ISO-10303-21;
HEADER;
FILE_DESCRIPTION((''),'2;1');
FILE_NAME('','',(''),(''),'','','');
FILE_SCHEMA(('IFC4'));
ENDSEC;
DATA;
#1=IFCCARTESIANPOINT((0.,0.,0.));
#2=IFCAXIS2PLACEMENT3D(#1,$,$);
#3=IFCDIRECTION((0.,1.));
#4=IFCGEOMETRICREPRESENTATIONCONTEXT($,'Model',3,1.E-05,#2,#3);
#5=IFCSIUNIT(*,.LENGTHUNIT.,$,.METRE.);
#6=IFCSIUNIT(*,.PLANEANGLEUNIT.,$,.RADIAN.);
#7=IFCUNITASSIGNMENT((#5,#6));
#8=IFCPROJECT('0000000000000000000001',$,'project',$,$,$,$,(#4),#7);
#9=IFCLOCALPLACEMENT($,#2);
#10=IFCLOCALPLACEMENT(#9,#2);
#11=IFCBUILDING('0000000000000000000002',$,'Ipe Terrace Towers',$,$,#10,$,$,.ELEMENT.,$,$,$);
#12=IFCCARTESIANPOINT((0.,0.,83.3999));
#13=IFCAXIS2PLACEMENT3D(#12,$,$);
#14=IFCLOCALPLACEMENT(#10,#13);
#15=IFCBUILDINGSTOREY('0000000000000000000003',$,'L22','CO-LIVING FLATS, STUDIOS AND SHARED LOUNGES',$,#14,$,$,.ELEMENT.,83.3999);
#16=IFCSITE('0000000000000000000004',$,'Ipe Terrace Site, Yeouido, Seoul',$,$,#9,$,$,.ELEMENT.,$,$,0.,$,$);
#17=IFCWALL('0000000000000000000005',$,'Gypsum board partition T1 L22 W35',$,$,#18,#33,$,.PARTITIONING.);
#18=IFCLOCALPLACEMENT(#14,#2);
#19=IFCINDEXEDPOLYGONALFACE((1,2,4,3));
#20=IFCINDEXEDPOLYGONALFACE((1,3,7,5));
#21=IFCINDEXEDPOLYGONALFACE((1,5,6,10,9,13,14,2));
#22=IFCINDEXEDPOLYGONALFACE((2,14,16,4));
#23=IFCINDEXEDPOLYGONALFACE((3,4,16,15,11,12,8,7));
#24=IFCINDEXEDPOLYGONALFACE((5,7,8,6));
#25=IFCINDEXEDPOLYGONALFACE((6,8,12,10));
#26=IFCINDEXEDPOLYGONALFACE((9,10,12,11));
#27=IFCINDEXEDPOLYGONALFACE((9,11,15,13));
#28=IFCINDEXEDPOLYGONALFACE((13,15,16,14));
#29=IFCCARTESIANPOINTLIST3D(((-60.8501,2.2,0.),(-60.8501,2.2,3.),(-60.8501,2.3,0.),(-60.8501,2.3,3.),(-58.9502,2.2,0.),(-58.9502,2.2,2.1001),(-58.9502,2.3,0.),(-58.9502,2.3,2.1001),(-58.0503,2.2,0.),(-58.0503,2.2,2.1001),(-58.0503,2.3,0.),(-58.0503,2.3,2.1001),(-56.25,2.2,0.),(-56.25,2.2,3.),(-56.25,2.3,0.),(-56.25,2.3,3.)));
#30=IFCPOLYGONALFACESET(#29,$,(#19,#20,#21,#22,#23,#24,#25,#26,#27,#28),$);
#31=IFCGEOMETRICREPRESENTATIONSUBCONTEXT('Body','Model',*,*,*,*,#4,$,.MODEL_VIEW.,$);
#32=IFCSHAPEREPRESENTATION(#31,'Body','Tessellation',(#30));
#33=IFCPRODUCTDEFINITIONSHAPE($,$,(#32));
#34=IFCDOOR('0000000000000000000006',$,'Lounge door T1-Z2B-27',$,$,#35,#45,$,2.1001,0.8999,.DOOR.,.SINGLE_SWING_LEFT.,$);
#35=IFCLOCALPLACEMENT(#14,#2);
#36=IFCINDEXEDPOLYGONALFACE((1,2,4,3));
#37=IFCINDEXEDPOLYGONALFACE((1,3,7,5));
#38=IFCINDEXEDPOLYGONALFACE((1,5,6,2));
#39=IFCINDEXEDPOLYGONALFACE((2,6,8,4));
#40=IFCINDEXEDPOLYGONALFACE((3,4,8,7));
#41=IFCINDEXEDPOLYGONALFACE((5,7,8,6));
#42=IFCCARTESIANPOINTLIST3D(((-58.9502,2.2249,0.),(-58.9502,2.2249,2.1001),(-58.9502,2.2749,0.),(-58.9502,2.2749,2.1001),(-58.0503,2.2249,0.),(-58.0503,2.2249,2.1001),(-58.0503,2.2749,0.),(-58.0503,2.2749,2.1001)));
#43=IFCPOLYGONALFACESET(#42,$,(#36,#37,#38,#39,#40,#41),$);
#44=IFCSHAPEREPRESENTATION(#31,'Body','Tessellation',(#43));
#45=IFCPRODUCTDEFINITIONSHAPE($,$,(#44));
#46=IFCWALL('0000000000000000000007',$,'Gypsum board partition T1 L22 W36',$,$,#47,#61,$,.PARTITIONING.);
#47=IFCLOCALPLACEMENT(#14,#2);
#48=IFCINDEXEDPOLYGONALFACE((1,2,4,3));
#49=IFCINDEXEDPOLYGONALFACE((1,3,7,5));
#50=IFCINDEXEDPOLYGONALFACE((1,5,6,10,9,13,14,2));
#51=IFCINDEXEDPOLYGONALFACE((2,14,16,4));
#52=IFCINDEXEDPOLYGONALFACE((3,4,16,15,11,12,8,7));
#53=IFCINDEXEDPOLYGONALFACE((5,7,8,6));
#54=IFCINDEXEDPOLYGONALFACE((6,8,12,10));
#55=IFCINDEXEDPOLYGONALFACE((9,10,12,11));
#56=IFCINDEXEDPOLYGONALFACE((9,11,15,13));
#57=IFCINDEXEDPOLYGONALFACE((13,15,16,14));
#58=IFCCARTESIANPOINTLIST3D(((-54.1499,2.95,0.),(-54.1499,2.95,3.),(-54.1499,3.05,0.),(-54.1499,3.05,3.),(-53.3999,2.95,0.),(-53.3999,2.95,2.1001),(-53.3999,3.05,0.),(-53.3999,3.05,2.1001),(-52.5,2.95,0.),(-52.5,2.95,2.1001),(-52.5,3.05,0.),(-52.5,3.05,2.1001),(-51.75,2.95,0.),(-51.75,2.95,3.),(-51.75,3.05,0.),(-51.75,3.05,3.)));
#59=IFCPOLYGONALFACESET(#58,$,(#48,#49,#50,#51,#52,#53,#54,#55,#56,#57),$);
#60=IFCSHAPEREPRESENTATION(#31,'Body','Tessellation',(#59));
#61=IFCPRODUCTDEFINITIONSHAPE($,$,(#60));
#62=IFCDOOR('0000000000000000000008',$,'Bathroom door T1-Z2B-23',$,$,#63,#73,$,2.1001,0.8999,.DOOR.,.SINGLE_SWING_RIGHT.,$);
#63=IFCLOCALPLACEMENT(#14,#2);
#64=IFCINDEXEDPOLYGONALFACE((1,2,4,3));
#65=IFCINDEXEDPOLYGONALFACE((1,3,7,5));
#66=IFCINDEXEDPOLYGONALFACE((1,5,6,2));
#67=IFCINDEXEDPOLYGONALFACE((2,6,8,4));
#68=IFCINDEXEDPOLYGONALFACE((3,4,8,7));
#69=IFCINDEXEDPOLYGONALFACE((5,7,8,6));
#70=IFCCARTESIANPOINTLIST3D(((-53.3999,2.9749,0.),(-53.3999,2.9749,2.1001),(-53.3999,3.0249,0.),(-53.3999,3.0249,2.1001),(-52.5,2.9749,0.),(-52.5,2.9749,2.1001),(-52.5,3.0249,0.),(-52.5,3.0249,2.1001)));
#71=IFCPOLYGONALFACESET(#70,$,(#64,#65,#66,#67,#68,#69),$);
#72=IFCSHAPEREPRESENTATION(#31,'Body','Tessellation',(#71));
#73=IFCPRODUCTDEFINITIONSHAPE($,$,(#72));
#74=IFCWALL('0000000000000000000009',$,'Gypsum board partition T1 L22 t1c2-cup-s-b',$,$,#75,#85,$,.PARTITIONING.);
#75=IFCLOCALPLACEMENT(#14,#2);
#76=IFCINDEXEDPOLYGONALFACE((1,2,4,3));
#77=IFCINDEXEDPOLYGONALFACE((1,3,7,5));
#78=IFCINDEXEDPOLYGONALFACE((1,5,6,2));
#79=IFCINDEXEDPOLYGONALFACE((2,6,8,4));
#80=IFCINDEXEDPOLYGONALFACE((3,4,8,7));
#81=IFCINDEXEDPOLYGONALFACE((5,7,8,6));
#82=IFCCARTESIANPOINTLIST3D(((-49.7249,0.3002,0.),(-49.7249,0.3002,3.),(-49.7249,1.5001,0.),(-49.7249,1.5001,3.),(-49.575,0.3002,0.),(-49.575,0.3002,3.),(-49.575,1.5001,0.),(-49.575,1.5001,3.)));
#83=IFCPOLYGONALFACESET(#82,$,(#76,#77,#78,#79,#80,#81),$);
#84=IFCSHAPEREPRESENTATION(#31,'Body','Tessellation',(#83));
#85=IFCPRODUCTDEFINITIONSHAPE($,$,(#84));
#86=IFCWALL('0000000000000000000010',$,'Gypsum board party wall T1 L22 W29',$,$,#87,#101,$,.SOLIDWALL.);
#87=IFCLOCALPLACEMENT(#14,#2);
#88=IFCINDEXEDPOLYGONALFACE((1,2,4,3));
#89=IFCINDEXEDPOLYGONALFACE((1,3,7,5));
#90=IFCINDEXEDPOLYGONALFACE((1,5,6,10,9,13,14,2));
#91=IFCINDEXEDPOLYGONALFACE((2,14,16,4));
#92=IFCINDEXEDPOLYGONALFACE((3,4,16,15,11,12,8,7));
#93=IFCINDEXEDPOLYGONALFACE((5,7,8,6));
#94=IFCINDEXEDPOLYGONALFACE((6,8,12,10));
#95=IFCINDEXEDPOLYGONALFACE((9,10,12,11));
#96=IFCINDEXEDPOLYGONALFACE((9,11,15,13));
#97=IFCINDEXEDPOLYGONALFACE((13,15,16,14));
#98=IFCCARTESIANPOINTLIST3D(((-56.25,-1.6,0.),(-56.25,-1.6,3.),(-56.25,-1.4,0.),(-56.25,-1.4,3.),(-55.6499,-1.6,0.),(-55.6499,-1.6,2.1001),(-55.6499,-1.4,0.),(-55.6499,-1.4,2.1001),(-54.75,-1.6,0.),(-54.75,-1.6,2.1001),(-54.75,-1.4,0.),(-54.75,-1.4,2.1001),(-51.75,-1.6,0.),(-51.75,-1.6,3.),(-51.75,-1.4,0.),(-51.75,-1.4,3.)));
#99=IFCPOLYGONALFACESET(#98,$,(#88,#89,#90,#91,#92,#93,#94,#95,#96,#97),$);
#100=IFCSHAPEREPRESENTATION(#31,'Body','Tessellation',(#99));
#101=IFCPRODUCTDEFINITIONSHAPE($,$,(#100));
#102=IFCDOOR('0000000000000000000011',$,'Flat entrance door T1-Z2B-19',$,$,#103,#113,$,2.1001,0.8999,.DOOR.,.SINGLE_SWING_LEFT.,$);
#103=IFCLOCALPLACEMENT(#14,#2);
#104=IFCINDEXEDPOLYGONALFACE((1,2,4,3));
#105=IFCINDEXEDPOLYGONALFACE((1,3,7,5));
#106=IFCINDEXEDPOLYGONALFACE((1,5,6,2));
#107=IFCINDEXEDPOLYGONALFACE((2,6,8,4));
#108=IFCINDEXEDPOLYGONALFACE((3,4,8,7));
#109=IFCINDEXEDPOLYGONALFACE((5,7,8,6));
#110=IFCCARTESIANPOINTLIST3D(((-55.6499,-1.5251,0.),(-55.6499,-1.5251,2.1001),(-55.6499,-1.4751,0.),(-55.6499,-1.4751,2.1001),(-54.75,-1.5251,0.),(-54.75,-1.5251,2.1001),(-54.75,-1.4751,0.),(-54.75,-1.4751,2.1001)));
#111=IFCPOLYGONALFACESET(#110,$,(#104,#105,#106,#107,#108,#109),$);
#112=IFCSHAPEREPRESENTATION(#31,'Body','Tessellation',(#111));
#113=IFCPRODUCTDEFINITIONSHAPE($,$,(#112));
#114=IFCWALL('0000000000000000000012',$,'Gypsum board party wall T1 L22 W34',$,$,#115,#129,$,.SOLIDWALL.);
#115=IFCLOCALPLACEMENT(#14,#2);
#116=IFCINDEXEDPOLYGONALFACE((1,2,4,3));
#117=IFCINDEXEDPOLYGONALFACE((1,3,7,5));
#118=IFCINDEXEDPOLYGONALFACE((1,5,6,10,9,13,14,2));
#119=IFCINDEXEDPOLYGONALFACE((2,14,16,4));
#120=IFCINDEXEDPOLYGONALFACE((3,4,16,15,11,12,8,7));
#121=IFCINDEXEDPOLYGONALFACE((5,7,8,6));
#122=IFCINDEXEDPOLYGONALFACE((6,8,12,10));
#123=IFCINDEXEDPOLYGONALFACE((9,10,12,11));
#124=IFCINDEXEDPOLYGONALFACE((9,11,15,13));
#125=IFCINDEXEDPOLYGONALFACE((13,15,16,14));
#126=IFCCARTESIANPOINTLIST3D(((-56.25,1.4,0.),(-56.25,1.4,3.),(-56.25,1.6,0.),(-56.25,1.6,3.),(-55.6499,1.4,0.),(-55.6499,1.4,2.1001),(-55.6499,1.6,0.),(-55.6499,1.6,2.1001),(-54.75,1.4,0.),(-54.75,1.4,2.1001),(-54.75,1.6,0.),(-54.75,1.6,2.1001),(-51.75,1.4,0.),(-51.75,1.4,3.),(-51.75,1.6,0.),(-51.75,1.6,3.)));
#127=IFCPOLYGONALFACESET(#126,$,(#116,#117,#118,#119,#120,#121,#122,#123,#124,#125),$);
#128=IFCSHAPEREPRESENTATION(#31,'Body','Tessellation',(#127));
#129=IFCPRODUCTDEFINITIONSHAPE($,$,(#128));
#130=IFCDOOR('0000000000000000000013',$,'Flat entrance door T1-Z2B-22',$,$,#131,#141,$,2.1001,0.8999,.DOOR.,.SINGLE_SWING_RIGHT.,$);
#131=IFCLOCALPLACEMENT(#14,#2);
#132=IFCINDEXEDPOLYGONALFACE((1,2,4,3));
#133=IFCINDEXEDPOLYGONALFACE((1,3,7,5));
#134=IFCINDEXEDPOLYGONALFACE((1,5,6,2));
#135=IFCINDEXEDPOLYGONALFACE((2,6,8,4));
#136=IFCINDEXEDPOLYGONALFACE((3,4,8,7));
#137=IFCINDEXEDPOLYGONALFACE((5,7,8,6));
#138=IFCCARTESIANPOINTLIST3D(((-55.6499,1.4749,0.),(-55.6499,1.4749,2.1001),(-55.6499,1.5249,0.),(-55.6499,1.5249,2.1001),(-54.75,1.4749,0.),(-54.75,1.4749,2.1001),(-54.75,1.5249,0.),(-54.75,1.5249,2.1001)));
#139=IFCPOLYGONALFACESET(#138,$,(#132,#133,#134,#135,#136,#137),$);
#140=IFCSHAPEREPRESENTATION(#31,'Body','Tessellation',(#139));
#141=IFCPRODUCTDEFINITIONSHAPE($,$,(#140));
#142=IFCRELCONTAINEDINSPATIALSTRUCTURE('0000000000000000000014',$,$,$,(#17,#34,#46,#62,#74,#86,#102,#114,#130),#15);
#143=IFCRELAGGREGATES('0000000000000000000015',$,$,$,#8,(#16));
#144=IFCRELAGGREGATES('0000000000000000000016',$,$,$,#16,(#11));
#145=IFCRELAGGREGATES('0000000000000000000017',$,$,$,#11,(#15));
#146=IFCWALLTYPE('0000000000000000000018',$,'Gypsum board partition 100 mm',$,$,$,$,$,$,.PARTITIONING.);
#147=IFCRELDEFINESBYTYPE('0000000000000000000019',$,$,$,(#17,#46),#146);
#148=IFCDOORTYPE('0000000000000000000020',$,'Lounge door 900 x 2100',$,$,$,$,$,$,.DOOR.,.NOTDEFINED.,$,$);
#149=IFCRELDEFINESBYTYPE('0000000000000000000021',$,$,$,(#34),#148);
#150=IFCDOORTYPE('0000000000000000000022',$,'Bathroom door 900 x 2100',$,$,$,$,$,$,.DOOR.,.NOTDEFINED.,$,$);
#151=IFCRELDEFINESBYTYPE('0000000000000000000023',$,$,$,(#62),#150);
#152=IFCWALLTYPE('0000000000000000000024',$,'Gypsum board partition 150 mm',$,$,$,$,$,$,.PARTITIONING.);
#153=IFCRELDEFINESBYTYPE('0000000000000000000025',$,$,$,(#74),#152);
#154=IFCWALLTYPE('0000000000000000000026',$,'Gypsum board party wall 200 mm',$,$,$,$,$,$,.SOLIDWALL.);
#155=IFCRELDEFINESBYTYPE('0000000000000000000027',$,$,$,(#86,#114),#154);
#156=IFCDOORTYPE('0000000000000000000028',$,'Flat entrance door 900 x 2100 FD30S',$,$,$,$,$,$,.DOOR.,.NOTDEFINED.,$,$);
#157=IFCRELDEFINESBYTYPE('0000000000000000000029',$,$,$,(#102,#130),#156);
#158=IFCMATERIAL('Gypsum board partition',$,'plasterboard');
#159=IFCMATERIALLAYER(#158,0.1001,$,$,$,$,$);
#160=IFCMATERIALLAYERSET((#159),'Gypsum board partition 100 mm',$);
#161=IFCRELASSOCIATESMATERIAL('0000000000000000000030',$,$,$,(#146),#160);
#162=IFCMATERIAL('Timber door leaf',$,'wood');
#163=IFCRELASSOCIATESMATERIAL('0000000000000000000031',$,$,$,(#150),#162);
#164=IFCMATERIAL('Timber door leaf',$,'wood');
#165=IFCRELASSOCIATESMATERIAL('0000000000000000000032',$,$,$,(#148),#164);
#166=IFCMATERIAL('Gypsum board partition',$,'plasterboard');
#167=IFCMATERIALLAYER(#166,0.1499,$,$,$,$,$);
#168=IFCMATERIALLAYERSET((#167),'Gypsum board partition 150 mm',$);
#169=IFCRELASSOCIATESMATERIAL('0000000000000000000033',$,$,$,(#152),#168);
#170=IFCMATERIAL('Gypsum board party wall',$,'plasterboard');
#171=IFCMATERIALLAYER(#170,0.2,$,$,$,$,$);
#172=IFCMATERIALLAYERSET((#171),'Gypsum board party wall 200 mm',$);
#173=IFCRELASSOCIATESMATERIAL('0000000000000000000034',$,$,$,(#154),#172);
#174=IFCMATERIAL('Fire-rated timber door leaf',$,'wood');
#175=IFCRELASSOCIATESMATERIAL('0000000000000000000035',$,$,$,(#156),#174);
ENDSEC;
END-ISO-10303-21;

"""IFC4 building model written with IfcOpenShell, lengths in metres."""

from ifc_helpers import new_model, si_unit, direction, frame, frame_2d, origin, place, context, subcontext, project, spatial, rectangle, extrude, material, layer, layer_set, type_object, element, fill, save


model = new_model("IFC4")

# Units and contexts
model_context = context("Model", 3, precision=1e-05, world=origin(), true_north=direction((0.0, 1.0)))
body_context = subcontext(model_context, "Body", "Model", "MODEL_VIEW")
ifc_project = project(units=[si_unit("LENGTHUNIT", "METRE"), si_unit("PLANEANGLEUNIT", "RADIAN")], contexts=[model_context])

# Site, building, storey
site_placement = place(None, origin())
site = spatial("IfcSite", under=ifc_project, at=site_placement, Name="Ipe Terrace Site, Yeouido, Seoul", CompositionType="ELEMENT", RefElevation=0.0)
building_placement = place(site_placement, origin())
building = spatial("IfcBuilding", under=site, at=building_placement, Name="Ipe Terrace Towers", CompositionType="ELEMENT")
storey_placement = place(building_placement, frame((0.0, 0.0, 83.3999)))
storey = spatial("IfcBuildingStorey", under=building, at=storey_placement, Name="L22", Description="CO-LIVING FLATS, STUDIOS AND SHARED LOUNGES", CompositionType="ELEMENT", Elevation=83.3999)

# Shared definitions
ifc_material_1 = material(Name="Gypsum board partition", Category="plasterboard")
ifc_layer_1 = layer(ifc_material_1, 0.1001)
ifc_layer_set_1 = layer_set([ifc_layer_1], Name="Gypsum board partition 100 mm")
wall_type_1 = type_object("IfcWallType", Name="Gypsum board partition 100 mm", PredefinedType="PARTITIONING", material=ifc_layer_set_1)

# Walls, openings, doors
ifc_material_2 = material(Name="Timber door leaf", Category="wood")
door_type_1 = type_object("IfcDoorType", Name="Bathroom door 900 x 2100", OperationType="NOTDEFINED", PredefinedType="DOOR", material=ifc_material_2)
wall_1_placement = place(storey_placement, frame((-60.8501, 2.25, 0.0), z_axis=(0.0, 0.0, 1.0), x_axis=(1.0, 0.0, 0.0)))
wall_1 = element("IfcWall", 1, at=wall_1_placement, inside=storey, type_object=wall_type_1, Name="Gypsum board partition T1 L22 W35", PredefinedType="PARTITIONING", context=body_context, shape_type="SweptSolid", body=[
    extrude(rectangle(XDim=4.6001, YDim=0.1001, at=frame_2d((2.3, 0.0))), origin(), (0.0, 0.0, 1.0), 3.0),
])
opening_1_placement = place(wall_1_placement, frame((1.8999, 0.0, 0.0)))
opening_1 = element("IfcOpeningElement", 2, at=opening_1_placement, cuts=wall_1, PredefinedType="OPENING", context=body_context, shape_type="SweptSolid", body=[
    extrude(rectangle(XDim=0.8999, YDim=2.1001, at=frame_2d((0.45, 1.05))), frame((0.0, 0.0601, 0.0), z_axis=(0.0, -1.0, 0.0), x_axis=(1.0, 0.0, 0.0)), (0.0, 0.0, 1.0), 0.1201),
])
ifc_material_3 = material(Name="Timber door leaf", Category="wood")
door_type_2 = type_object("IfcDoorType", Name="Lounge door 900 x 2100", OperationType="NOTDEFINED", PredefinedType="DOOR", material=ifc_material_3)
door_1_placement = place(opening_1_placement, origin())
door_1 = element("IfcDoor", 3, at=door_1_placement, inside=storey, type_object=door_type_2, Name="Lounge door T1-Z2B-27", OperationType="SINGLE_SWING_LEFT", OverallHeight=2.1001, OverallWidth=0.8999, PredefinedType="DOOR", context=body_context, shape_type="SweptSolid", body=[
    extrude(rectangle(XDim=0.8999, YDim=2.1001, at=frame_2d((0.45, 1.05))), frame((0.0, 0.0249, 0.0), z_axis=(0.0, -1.0, 0.0), x_axis=(1.0, 0.0, 0.0)), (0.0, 0.0, 1.0), 0.05),
])
fill(opening_1, door_1)
wall_2_placement = place(storey_placement, frame((-54.1499, 3.0, 0.0), z_axis=(0.0, 0.0, 1.0), x_axis=(1.0, 0.0, 0.0)))
wall_2 = element("IfcWall", 4, at=wall_2_placement, inside=storey, type_object=wall_type_1, Name="Gypsum board partition T1 L22 W36", PredefinedType="PARTITIONING", context=body_context, shape_type="SweptSolid", body=[
    extrude(rectangle(XDim=2.3999, YDim=0.1001, at=frame_2d((1.2, 0.0))), origin(), (0.0, 0.0, 1.0), 3.0),
])
opening_2_placement = place(wall_2_placement, frame((0.75, 0.0, 0.0)))
opening_2 = element("IfcOpeningElement", 5, at=opening_2_placement, cuts=wall_2, PredefinedType="OPENING", context=body_context, shape_type="SweptSolid", body=[
    extrude(rectangle(XDim=0.8999, YDim=2.1001, at=frame_2d((0.45, 1.05))), frame((0.0, 0.0601, 0.0), z_axis=(0.0, -1.0, 0.0), x_axis=(1.0, 0.0, 0.0)), (0.0, 0.0, 1.0), 0.1201),
])
door_2_placement = place(opening_2_placement, origin())
door_2 = element("IfcDoor", 6, at=door_2_placement, inside=storey, type_object=door_type_1, Name="Bathroom door T1-Z2B-23", OperationType="SINGLE_SWING_RIGHT", OverallHeight=2.1001, OverallWidth=0.8999, PredefinedType="DOOR", context=body_context, shape_type="SweptSolid", body=[
    extrude(rectangle(XDim=0.8999, YDim=2.1001, at=frame_2d((0.45, 1.05))), frame((0.0, 0.0249, 0.0), z_axis=(0.0, -1.0, 0.0), x_axis=(1.0, 0.0, 0.0)), (0.0, 0.0, 1.0), 0.05),
])
fill(opening_2, door_2)

# Wall
ifc_material_4 = material(Name="Gypsum board partition", Category="plasterboard")
ifc_layer_2 = layer(ifc_material_4, 0.1499)
ifc_layer_set_2 = layer_set([ifc_layer_2], Name="Gypsum board partition 150 mm")
wall_type_2 = type_object("IfcWallType", Name="Gypsum board partition 150 mm", PredefinedType="PARTITIONING", material=ifc_layer_set_2)
wall_3_placement = place(storey_placement, frame((-49.6499, 0.3, 0.0), z_axis=(0.0, 0.0, 1.0), x_axis=(0.0, 1.0, 0.0)))
element("IfcWall", 7, at=wall_3_placement, inside=storey, type_object=wall_type_2, Name="Gypsum board partition T1 L22 t1c2-cup-s-b", PredefinedType="PARTITIONING", context=body_context, shape_type="SweptSolid", body=[
    extrude(rectangle(XDim=1.2, YDim=0.1499, at=frame_2d((0.6001, 0.0))), origin(), (0.0, 0.0, 1.0), 3.0),
])

# Walls, openings, doors
ifc_material_5 = material(Name="Gypsum board party wall", Category="plasterboard")
ifc_layer_3 = layer(ifc_material_5, 0.2)
ifc_layer_set_3 = layer_set([ifc_layer_3], Name="Gypsum board party wall 200 mm")
wall_type_3 = type_object("IfcWallType", Name="Gypsum board party wall 200 mm", PredefinedType="SOLIDWALL", material=ifc_layer_set_3)
wall_4_placement = place(storey_placement, frame((-56.25, -1.5, 0.0), z_axis=(0.0, 0.0, 1.0), x_axis=(1.0, 0.0, 0.0)))
wall_4 = element("IfcWall", 8, at=wall_4_placement, inside=storey, type_object=wall_type_3, Name="Gypsum board party wall T1 L22 W29", PredefinedType="SOLIDWALL", context=body_context, shape_type="SweptSolid", body=[
    extrude(rectangle(XDim=4.5, YDim=0.2, at=frame_2d((2.25, 0.0))), origin(), (0.0, 0.0, 1.0), 3.0),
])
opening_3_placement = place(wall_4_placement, frame((0.6001, 0.0, 0.0)))
opening_3 = element("IfcOpeningElement", 9, at=opening_3_placement, cuts=wall_4, PredefinedType="OPENING", context=body_context, shape_type="SweptSolid", body=[
    extrude(rectangle(XDim=0.8999, YDim=2.1001, at=frame_2d((0.45, 1.05))), frame((0.0, 0.1099, 0.0), z_axis=(0.0, -1.0, 0.0), x_axis=(1.0, 0.0, 0.0)), (0.0, 0.0, 1.0), 0.22),
])
ifc_material_6 = material(Name="Fire-rated timber door leaf", Category="wood")
door_type_3 = type_object("IfcDoorType", Name="Flat entrance door 900 x 2100 FD30S", OperationType="NOTDEFINED", PredefinedType="DOOR", material=ifc_material_6)
door_3_placement = place(opening_3_placement, origin())
door_3 = element("IfcDoor", 10, at=door_3_placement, inside=storey, type_object=door_type_3, Name="Flat entrance door T1-Z2B-19", OperationType="SINGLE_SWING_LEFT", OverallHeight=2.1001, OverallWidth=0.8999, PredefinedType="DOOR", context=body_context, shape_type="SweptSolid", body=[
    extrude(rectangle(XDim=0.8999, YDim=2.1001, at=frame_2d((0.45, 1.05))), frame((0.0, 0.0249, 0.0), z_axis=(0.0, -1.0, 0.0), x_axis=(1.0, 0.0, 0.0)), (0.0, 0.0, 1.0), 0.05),
])
fill(opening_3, door_3)
wall_5_placement = place(storey_placement, frame((-56.25, 1.5, 0.0), z_axis=(0.0, 0.0, 1.0), x_axis=(1.0, 0.0, 0.0)))
wall_5 = element("IfcWall", 11, at=wall_5_placement, inside=storey, type_object=wall_type_3, Name="Gypsum board party wall T1 L22 W34", PredefinedType="SOLIDWALL", context=body_context, shape_type="SweptSolid", body=[
    extrude(rectangle(XDim=4.5, YDim=0.2, at=frame_2d((2.25, 0.0))), origin(), (0.0, 0.0, 1.0), 3.0),
])
opening_4_placement = place(wall_5_placement, frame((0.6001, 0.0, 0.0)))
opening_4 = element("IfcOpeningElement", 12, at=opening_4_placement, cuts=wall_5, PredefinedType="OPENING", context=body_context, shape_type="SweptSolid", body=[
    extrude(rectangle(XDim=0.8999, YDim=2.1001, at=frame_2d((0.45, 1.05))), frame((0.0, 0.1099, 0.0), z_axis=(0.0, -1.0, 0.0), x_axis=(1.0, 0.0, 0.0)), (0.0, 0.0, 1.0), 0.22),
])
door_4_placement = place(opening_4_placement, origin())
door_4 = element("IfcDoor", 13, at=door_4_placement, inside=storey, type_object=door_type_3, Name="Flat entrance door T1-Z2B-22", OperationType="SINGLE_SWING_RIGHT", OverallHeight=2.1001, OverallWidth=0.8999, PredefinedType="DOOR", context=body_context, shape_type="SweptSolid", body=[
    extrude(rectangle(XDim=0.8999, YDim=2.1001, at=frame_2d((0.45, 1.05))), frame((0.0, 0.0249, 0.0), z_axis=(0.0, -1.0, 0.0), x_axis=(1.0, 0.0, 0.0)), (0.0, 0.0, 1.0), 0.05),
])
fill(opening_4, door_4)

save(model, "model.ifc")
